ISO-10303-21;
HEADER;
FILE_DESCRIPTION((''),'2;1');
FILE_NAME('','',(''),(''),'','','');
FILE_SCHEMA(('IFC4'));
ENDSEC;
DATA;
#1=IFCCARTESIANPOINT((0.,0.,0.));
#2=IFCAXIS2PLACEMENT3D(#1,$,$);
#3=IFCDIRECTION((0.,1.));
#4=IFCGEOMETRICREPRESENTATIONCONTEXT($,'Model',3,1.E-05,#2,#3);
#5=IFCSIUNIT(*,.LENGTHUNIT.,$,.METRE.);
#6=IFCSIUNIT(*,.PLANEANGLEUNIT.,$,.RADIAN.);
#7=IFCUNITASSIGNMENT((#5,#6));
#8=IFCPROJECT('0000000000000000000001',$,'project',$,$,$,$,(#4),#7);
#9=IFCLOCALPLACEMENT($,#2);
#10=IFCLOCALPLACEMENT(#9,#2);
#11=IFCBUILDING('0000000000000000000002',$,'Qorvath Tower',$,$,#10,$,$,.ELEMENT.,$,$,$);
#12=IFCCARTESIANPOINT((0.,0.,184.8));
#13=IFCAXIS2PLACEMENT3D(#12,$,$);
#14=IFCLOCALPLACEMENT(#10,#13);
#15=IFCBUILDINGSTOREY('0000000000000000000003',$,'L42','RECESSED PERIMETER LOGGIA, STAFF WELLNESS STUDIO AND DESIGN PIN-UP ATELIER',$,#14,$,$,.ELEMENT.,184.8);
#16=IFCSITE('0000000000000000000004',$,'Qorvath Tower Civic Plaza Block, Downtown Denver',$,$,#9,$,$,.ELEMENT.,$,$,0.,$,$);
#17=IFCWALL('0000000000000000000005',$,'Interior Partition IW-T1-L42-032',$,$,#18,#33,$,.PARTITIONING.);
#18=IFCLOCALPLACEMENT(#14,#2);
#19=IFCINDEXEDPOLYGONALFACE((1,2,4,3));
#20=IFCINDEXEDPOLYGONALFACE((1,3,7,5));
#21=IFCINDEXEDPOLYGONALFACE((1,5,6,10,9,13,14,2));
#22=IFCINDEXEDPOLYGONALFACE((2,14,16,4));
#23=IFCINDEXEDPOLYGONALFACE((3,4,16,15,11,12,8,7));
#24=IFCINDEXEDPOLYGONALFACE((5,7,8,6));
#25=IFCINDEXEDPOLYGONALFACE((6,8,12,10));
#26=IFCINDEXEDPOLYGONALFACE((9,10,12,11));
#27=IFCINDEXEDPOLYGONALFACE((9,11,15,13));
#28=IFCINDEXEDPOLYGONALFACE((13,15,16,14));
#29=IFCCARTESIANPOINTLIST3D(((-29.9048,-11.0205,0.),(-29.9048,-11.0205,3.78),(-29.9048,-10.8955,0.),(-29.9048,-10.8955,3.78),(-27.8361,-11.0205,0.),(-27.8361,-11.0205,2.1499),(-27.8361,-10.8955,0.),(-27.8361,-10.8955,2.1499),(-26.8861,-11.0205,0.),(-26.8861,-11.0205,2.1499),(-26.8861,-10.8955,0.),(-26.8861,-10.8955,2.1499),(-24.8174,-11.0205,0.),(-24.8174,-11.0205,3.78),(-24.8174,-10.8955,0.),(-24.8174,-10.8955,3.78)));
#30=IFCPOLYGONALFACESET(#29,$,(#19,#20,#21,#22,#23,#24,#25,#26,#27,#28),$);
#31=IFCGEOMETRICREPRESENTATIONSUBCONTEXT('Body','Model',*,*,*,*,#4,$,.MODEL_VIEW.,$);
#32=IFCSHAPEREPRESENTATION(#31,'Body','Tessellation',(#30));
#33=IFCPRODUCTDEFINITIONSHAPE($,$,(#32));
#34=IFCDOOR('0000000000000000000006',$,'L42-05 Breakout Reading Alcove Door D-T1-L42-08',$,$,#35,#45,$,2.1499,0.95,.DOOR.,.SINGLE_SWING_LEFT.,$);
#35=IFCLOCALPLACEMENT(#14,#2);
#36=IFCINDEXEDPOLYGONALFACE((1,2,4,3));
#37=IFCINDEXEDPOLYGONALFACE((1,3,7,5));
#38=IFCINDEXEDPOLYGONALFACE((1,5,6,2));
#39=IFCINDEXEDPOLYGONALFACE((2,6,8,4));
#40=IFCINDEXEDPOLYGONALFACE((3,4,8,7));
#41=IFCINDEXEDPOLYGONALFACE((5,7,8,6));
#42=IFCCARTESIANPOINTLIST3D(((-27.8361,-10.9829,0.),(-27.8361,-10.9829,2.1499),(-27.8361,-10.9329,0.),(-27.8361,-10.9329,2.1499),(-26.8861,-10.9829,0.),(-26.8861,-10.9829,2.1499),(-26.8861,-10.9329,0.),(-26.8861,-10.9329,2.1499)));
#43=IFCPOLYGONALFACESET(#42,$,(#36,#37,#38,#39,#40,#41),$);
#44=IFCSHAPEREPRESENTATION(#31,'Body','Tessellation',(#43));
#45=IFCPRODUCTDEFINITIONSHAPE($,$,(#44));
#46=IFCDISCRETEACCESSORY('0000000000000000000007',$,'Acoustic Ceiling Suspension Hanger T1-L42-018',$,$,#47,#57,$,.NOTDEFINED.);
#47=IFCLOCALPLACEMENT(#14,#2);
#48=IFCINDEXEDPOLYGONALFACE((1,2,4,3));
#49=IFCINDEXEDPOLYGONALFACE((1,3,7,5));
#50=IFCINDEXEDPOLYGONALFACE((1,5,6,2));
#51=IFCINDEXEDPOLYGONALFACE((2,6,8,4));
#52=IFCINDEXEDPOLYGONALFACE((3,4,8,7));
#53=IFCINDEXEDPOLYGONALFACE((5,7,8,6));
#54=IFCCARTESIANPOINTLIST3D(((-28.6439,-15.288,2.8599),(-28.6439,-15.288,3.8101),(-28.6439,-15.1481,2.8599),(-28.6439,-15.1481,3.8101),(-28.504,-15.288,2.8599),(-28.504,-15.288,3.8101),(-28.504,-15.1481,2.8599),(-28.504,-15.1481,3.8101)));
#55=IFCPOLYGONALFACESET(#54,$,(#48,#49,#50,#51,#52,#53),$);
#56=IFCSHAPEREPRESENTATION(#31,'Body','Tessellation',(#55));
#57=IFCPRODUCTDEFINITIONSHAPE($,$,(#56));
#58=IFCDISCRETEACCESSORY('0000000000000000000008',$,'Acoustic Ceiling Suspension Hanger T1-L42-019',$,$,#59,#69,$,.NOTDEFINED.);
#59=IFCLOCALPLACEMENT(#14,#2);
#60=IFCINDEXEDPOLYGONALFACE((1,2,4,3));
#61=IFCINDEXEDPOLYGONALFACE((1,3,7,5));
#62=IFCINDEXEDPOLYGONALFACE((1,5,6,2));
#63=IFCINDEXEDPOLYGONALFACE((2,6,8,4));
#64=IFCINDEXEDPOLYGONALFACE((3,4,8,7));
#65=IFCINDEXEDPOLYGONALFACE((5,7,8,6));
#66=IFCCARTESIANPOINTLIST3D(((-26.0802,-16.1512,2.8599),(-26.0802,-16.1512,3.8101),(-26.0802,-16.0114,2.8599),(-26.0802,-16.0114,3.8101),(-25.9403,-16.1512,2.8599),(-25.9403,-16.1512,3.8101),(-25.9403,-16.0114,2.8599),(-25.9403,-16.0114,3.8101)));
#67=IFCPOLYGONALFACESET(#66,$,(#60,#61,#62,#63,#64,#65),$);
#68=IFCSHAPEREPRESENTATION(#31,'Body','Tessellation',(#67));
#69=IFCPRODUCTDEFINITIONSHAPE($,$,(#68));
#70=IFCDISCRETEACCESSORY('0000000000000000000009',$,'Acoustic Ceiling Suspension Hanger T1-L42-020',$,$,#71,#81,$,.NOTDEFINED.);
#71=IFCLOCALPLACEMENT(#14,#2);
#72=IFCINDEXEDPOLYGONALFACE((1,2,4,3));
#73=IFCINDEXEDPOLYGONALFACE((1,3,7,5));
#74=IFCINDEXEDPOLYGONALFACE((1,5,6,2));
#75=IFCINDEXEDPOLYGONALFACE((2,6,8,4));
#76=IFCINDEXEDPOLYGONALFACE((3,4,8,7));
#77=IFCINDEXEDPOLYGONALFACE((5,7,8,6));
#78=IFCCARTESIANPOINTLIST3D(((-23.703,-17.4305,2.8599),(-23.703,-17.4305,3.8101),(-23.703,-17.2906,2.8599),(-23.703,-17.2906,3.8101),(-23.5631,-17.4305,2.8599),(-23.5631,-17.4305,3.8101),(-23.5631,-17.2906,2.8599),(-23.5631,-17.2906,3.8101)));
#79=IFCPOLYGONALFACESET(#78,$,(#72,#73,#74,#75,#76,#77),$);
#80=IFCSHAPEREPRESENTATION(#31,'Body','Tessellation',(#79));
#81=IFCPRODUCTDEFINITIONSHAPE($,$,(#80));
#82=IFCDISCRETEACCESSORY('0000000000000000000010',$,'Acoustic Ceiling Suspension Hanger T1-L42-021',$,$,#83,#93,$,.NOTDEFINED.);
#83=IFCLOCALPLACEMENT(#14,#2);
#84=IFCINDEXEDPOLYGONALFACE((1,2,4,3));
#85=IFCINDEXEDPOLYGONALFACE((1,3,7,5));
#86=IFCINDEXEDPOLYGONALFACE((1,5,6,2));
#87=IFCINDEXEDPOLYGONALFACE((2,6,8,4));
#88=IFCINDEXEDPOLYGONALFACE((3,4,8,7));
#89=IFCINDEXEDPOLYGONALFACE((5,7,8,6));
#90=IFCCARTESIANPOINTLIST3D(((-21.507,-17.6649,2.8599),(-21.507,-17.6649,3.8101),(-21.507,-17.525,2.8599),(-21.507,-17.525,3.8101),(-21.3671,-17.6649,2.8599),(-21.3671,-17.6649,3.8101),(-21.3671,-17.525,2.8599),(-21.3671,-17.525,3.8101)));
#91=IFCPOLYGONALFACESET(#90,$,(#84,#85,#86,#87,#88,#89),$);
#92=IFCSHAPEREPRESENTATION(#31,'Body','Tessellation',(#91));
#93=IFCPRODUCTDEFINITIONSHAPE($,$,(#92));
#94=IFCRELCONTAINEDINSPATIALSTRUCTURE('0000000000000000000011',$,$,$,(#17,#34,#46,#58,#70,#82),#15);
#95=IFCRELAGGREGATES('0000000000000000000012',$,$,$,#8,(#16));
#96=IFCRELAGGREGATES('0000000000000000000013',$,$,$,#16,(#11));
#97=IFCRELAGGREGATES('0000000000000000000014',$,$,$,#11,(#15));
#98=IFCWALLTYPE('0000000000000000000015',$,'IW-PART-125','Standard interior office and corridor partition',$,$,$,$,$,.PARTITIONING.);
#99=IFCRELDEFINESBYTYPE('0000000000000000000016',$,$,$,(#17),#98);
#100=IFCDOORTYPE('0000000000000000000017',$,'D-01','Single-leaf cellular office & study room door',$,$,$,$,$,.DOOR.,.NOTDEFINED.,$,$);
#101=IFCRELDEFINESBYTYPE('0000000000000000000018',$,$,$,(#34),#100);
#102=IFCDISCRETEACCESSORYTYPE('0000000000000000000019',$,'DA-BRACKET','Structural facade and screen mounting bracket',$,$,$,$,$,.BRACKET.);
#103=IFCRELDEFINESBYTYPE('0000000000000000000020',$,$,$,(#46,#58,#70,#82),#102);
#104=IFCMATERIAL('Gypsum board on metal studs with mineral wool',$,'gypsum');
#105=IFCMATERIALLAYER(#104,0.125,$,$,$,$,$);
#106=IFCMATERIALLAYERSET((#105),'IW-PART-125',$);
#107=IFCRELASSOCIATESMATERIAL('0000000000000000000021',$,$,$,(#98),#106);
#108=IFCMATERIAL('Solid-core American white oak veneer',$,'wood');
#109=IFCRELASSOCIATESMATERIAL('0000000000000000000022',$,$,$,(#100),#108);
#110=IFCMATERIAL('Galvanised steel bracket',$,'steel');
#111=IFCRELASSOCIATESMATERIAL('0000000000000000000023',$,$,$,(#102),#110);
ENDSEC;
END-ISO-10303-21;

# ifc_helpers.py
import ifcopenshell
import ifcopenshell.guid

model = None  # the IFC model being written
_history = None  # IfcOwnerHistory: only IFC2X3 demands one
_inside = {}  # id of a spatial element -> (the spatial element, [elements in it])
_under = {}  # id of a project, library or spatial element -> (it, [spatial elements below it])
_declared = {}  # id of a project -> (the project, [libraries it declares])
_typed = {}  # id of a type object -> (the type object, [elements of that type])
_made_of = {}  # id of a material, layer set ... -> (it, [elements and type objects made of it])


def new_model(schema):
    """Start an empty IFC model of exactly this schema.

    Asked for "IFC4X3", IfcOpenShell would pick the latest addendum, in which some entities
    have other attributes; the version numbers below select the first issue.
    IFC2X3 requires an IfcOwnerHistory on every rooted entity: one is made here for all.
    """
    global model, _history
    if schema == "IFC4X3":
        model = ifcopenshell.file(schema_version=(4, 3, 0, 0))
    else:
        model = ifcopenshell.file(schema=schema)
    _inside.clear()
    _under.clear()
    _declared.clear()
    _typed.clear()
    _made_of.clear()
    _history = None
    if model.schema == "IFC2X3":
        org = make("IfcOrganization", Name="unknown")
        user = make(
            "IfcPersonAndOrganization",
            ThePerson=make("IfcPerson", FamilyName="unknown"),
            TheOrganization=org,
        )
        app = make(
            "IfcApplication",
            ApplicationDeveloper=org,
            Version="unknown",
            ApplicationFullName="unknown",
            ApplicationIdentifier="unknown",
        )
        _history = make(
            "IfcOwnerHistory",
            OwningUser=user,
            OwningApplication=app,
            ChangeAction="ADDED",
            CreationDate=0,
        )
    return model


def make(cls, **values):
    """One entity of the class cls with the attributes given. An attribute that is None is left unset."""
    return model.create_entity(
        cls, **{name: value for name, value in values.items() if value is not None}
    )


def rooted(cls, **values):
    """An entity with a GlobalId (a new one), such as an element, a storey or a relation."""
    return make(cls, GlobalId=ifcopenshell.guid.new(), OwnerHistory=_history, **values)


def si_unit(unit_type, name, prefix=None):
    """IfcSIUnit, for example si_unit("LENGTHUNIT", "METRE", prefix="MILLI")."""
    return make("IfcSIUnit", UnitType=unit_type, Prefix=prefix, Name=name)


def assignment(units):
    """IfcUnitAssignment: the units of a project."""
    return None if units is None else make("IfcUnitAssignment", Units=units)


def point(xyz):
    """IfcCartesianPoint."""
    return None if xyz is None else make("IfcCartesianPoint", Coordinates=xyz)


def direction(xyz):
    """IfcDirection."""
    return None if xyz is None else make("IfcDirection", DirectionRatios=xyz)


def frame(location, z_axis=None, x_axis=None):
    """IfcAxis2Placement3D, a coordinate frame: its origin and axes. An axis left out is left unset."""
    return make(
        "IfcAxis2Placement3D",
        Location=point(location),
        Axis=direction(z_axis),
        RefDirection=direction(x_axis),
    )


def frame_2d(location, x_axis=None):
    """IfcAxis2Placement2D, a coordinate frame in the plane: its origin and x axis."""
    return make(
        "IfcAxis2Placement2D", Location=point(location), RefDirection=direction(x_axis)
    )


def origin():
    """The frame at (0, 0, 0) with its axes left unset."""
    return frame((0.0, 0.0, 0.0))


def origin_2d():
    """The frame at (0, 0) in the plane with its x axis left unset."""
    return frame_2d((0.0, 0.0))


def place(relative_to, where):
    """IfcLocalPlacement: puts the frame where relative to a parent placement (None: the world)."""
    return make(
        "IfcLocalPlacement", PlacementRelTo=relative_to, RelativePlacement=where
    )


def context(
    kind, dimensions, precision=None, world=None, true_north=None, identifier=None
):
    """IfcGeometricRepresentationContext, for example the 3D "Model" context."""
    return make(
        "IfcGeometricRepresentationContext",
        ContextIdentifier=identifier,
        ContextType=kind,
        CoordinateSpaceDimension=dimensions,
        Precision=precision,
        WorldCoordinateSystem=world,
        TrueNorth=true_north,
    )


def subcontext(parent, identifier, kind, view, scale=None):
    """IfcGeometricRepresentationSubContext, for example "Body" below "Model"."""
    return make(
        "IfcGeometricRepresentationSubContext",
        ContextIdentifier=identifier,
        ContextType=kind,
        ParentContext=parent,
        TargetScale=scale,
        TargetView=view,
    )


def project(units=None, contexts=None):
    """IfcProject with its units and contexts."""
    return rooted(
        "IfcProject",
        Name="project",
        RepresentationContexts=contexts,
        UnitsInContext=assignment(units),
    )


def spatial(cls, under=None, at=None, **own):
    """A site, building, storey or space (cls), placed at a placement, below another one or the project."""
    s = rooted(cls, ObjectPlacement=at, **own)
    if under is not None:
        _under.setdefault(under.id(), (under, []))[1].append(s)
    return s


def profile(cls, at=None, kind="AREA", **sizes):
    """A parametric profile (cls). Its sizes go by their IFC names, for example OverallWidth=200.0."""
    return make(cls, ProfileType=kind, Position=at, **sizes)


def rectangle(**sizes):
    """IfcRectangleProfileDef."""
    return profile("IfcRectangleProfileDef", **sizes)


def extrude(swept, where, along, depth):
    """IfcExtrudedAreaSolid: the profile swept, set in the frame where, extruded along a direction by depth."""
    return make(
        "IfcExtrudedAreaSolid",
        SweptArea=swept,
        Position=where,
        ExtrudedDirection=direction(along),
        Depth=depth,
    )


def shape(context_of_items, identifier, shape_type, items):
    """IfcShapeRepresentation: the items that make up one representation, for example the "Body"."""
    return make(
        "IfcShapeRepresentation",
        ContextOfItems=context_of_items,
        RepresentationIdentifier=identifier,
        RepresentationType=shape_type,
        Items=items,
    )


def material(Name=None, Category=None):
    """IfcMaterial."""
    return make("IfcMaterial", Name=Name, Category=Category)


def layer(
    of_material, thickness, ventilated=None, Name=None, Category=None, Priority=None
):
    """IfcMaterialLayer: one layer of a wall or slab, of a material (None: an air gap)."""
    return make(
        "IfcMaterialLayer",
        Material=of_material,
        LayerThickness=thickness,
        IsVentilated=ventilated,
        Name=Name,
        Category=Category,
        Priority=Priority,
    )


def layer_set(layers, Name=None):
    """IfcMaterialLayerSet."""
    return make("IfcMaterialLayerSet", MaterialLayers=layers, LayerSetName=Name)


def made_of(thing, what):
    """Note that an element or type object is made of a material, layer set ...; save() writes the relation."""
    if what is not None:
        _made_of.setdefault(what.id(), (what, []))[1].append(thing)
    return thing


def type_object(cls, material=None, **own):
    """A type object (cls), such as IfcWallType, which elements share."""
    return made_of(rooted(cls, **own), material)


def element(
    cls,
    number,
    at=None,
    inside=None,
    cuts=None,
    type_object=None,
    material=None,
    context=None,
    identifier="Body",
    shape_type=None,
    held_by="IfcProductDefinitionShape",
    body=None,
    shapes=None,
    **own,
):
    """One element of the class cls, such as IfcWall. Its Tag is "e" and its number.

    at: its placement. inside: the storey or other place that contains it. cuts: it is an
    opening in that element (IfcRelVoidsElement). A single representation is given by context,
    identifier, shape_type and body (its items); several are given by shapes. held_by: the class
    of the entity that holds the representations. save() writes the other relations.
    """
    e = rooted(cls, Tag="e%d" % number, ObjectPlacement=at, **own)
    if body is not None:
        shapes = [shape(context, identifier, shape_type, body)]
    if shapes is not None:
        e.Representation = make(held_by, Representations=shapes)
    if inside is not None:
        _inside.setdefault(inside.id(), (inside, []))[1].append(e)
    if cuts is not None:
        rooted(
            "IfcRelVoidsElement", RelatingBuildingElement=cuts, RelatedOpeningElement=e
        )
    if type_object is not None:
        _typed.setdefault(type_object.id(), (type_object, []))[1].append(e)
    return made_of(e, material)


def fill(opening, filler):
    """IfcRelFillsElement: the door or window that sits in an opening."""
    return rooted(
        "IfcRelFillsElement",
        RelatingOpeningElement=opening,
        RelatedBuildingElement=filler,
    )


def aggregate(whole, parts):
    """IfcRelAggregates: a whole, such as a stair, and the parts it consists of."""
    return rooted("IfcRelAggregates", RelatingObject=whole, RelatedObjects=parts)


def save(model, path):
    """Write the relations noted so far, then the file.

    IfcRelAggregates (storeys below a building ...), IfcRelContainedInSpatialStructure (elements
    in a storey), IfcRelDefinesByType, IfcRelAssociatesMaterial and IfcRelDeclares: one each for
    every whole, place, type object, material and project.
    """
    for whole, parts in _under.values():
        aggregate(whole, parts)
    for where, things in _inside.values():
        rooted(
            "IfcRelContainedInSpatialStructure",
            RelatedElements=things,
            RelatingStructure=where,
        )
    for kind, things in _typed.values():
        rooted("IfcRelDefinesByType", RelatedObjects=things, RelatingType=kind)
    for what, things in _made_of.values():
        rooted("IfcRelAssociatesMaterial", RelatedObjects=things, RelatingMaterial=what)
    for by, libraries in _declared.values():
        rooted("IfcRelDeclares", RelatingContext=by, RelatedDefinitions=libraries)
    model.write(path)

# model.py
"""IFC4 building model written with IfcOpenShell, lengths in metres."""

from ifc_helpers import new_model, si_unit, direction, frame, frame_2d, origin, origin_2d, place, context, subcontext, project, spatial, rectangle, extrude, material, layer, layer_set, type_object, element, fill, save


model = new_model("IFC4")

# Units and contexts
model_context = context("Model", 3, precision=1e-05, world=origin(), true_north=direction((0.0, 1.0)))
body_context = subcontext(model_context, "Body", "Model", "MODEL_VIEW")
ifc_project = project(units=[si_unit("LENGTHUNIT", "METRE"), si_unit("PLANEANGLEUNIT", "RADIAN")], contexts=[model_context])

# Site, building, storey
site_placement = place(None, origin())
site = spatial("IfcSite", under=ifc_project, at=site_placement, Name="Qorvath Tower Civic Plaza Block, Downtown Denver", CompositionType="ELEMENT", RefElevation=0.0)
building_placement = place(site_placement, origin())
building = spatial("IfcBuilding", under=site, at=building_placement, Name="Qorvath Tower", CompositionType="ELEMENT")
storey_placement = place(building_placement, frame((0.0, 0.0, 184.8)))
storey = spatial("IfcBuildingStorey", under=building, at=storey_placement, Name="L42", Description="RECESSED PERIMETER LOGGIA, STAFF WELLNESS STUDIO AND DESIGN PIN-UP ATELIER", CompositionType="ELEMENT", Elevation=184.8)

# Shared definitions
ifc_material_1 = material(Name="Gypsum board on metal studs with mineral wool", Category="gypsum")
ifc_layer_1 = layer(ifc_material_1, 0.125)
ifc_layer_set_1 = layer_set([ifc_layer_1], Name="IW-PART-125")
wall_type_1 = type_object("IfcWallType", Name="IW-PART-125", Description="Standard interior office and corridor partition", PredefinedType="PARTITIONING", material=ifc_layer_set_1)
ifc_material_2 = material(Name="Solid-core American white oak veneer", Category="wood")
door_type_1 = type_object("IfcDoorType", Name="D-01", Description="Single-leaf cellular office & study room door", OperationType="NOTDEFINED", PredefinedType="DOOR", material=ifc_material_2)

# Wall, opening, door
wall_1_placement = place(storey_placement, frame((-24.8174, -10.958, 0.0), z_axis=(0.0, 0.0, 1.0), x_axis=(-1.0, 0.0, 0.0)))
wall_1 = element("IfcWall", 1, at=wall_1_placement, inside=storey, type_object=wall_type_1, Name="Interior Partition IW-T1-L42-032", PredefinedType="PARTITIONING", context=body_context, shape_type="SweptSolid", body=[
    extrude(rectangle(XDim=5.0874, YDim=0.125, at=frame_2d((2.5437, 0.0))), origin(), (0.0, 0.0, 1.0), 3.78),
])
opening_1_placement = place(wall_1_placement, frame((2.0686, 0.0, 0.0)))
opening_1 = element("IfcOpeningElement", 2, at=opening_1_placement, cuts=wall_1, PredefinedType="OPENING", context=body_context, shape_type="SweptSolid", body=[
    extrude(rectangle(XDim=0.95, YDim=2.1499, at=frame_2d((0.4751, 1.075))), frame((0.0, 0.0725, 0.0), z_axis=(0.0, -1.0, 0.0), x_axis=(1.0, 0.0, 0.0)), (0.0, 0.0, 1.0), 0.145),
])
door_1_placement = place(opening_1_placement, origin())
door_1 = element("IfcDoor", 3, at=door_1_placement, inside=storey, type_object=door_type_1, Name="L42-05 Breakout Reading Alcove Door D-T1-L42-08", OperationType="SINGLE_SWING_LEFT", OverallHeight=2.1499, OverallWidth=0.95, PredefinedType="DOOR", context=body_context, shape_type="SweptSolid", body=[
    extrude(rectangle(XDim=0.95, YDim=2.1499, at=frame_2d((0.4751, 1.075))), frame((0.0, 0.0249, 0.0), z_axis=(0.0, -1.0, 0.0), x_axis=(1.0, 0.0, 0.0)), (0.0, 0.0, 1.0), 0.05),
])
fill(opening_1, door_1)

# Discrete accessories
ifc_material_3 = material(Name="Galvanised steel bracket", Category="steel")
discrete_accessory_type = type_object("IfcDiscreteAccessoryType", Name="DA-BRACKET", Description="Structural facade and screen mounting bracket", PredefinedType="BRACKET", material=ifc_material_3)
for number, where, z_axis, x_axis, name in (
    (4, (-28.574, -15.218, 2.8599), (0.0, 0.0, 1.0), (1.0, 0.0, 0.0), "Acoustic Ceiling Suspension Hanger T1-L42-018"),
    (5, (-26.0103, -16.0813, 2.8599), (0.0, 0.0, 1.0), (1.0, 0.0, 0.0), "Acoustic Ceiling Suspension Hanger T1-L42-019"),
    (6, (-23.6331, -17.3606, 2.8599), (0.0, 0.0, 1.0), (1.0, 0.0, 0.0), "Acoustic Ceiling Suspension Hanger T1-L42-020"),
    (7, (-21.437, -17.595, 2.8599), (0.0, 0.0, 1.0), (1.0, 0.0, 0.0), "Acoustic Ceiling Suspension Hanger T1-L42-021"),
):
    element("IfcDiscreteAccessory", number, at=place(storey_placement, frame(where, z_axis=z_axis, x_axis=x_axis)), inside=storey, type_object=discrete_accessory_type, Name=name, PredefinedType="NOTDEFINED", context=body_context, shape_type="SweptSolid", body=[
        extrude(rectangle(XDim=0.1399, YDim=0.1399, at=origin_2d()), origin(), (0.0, 0.0, 1.0), 0.9502),
    ])

save(model, "model.ifc")
